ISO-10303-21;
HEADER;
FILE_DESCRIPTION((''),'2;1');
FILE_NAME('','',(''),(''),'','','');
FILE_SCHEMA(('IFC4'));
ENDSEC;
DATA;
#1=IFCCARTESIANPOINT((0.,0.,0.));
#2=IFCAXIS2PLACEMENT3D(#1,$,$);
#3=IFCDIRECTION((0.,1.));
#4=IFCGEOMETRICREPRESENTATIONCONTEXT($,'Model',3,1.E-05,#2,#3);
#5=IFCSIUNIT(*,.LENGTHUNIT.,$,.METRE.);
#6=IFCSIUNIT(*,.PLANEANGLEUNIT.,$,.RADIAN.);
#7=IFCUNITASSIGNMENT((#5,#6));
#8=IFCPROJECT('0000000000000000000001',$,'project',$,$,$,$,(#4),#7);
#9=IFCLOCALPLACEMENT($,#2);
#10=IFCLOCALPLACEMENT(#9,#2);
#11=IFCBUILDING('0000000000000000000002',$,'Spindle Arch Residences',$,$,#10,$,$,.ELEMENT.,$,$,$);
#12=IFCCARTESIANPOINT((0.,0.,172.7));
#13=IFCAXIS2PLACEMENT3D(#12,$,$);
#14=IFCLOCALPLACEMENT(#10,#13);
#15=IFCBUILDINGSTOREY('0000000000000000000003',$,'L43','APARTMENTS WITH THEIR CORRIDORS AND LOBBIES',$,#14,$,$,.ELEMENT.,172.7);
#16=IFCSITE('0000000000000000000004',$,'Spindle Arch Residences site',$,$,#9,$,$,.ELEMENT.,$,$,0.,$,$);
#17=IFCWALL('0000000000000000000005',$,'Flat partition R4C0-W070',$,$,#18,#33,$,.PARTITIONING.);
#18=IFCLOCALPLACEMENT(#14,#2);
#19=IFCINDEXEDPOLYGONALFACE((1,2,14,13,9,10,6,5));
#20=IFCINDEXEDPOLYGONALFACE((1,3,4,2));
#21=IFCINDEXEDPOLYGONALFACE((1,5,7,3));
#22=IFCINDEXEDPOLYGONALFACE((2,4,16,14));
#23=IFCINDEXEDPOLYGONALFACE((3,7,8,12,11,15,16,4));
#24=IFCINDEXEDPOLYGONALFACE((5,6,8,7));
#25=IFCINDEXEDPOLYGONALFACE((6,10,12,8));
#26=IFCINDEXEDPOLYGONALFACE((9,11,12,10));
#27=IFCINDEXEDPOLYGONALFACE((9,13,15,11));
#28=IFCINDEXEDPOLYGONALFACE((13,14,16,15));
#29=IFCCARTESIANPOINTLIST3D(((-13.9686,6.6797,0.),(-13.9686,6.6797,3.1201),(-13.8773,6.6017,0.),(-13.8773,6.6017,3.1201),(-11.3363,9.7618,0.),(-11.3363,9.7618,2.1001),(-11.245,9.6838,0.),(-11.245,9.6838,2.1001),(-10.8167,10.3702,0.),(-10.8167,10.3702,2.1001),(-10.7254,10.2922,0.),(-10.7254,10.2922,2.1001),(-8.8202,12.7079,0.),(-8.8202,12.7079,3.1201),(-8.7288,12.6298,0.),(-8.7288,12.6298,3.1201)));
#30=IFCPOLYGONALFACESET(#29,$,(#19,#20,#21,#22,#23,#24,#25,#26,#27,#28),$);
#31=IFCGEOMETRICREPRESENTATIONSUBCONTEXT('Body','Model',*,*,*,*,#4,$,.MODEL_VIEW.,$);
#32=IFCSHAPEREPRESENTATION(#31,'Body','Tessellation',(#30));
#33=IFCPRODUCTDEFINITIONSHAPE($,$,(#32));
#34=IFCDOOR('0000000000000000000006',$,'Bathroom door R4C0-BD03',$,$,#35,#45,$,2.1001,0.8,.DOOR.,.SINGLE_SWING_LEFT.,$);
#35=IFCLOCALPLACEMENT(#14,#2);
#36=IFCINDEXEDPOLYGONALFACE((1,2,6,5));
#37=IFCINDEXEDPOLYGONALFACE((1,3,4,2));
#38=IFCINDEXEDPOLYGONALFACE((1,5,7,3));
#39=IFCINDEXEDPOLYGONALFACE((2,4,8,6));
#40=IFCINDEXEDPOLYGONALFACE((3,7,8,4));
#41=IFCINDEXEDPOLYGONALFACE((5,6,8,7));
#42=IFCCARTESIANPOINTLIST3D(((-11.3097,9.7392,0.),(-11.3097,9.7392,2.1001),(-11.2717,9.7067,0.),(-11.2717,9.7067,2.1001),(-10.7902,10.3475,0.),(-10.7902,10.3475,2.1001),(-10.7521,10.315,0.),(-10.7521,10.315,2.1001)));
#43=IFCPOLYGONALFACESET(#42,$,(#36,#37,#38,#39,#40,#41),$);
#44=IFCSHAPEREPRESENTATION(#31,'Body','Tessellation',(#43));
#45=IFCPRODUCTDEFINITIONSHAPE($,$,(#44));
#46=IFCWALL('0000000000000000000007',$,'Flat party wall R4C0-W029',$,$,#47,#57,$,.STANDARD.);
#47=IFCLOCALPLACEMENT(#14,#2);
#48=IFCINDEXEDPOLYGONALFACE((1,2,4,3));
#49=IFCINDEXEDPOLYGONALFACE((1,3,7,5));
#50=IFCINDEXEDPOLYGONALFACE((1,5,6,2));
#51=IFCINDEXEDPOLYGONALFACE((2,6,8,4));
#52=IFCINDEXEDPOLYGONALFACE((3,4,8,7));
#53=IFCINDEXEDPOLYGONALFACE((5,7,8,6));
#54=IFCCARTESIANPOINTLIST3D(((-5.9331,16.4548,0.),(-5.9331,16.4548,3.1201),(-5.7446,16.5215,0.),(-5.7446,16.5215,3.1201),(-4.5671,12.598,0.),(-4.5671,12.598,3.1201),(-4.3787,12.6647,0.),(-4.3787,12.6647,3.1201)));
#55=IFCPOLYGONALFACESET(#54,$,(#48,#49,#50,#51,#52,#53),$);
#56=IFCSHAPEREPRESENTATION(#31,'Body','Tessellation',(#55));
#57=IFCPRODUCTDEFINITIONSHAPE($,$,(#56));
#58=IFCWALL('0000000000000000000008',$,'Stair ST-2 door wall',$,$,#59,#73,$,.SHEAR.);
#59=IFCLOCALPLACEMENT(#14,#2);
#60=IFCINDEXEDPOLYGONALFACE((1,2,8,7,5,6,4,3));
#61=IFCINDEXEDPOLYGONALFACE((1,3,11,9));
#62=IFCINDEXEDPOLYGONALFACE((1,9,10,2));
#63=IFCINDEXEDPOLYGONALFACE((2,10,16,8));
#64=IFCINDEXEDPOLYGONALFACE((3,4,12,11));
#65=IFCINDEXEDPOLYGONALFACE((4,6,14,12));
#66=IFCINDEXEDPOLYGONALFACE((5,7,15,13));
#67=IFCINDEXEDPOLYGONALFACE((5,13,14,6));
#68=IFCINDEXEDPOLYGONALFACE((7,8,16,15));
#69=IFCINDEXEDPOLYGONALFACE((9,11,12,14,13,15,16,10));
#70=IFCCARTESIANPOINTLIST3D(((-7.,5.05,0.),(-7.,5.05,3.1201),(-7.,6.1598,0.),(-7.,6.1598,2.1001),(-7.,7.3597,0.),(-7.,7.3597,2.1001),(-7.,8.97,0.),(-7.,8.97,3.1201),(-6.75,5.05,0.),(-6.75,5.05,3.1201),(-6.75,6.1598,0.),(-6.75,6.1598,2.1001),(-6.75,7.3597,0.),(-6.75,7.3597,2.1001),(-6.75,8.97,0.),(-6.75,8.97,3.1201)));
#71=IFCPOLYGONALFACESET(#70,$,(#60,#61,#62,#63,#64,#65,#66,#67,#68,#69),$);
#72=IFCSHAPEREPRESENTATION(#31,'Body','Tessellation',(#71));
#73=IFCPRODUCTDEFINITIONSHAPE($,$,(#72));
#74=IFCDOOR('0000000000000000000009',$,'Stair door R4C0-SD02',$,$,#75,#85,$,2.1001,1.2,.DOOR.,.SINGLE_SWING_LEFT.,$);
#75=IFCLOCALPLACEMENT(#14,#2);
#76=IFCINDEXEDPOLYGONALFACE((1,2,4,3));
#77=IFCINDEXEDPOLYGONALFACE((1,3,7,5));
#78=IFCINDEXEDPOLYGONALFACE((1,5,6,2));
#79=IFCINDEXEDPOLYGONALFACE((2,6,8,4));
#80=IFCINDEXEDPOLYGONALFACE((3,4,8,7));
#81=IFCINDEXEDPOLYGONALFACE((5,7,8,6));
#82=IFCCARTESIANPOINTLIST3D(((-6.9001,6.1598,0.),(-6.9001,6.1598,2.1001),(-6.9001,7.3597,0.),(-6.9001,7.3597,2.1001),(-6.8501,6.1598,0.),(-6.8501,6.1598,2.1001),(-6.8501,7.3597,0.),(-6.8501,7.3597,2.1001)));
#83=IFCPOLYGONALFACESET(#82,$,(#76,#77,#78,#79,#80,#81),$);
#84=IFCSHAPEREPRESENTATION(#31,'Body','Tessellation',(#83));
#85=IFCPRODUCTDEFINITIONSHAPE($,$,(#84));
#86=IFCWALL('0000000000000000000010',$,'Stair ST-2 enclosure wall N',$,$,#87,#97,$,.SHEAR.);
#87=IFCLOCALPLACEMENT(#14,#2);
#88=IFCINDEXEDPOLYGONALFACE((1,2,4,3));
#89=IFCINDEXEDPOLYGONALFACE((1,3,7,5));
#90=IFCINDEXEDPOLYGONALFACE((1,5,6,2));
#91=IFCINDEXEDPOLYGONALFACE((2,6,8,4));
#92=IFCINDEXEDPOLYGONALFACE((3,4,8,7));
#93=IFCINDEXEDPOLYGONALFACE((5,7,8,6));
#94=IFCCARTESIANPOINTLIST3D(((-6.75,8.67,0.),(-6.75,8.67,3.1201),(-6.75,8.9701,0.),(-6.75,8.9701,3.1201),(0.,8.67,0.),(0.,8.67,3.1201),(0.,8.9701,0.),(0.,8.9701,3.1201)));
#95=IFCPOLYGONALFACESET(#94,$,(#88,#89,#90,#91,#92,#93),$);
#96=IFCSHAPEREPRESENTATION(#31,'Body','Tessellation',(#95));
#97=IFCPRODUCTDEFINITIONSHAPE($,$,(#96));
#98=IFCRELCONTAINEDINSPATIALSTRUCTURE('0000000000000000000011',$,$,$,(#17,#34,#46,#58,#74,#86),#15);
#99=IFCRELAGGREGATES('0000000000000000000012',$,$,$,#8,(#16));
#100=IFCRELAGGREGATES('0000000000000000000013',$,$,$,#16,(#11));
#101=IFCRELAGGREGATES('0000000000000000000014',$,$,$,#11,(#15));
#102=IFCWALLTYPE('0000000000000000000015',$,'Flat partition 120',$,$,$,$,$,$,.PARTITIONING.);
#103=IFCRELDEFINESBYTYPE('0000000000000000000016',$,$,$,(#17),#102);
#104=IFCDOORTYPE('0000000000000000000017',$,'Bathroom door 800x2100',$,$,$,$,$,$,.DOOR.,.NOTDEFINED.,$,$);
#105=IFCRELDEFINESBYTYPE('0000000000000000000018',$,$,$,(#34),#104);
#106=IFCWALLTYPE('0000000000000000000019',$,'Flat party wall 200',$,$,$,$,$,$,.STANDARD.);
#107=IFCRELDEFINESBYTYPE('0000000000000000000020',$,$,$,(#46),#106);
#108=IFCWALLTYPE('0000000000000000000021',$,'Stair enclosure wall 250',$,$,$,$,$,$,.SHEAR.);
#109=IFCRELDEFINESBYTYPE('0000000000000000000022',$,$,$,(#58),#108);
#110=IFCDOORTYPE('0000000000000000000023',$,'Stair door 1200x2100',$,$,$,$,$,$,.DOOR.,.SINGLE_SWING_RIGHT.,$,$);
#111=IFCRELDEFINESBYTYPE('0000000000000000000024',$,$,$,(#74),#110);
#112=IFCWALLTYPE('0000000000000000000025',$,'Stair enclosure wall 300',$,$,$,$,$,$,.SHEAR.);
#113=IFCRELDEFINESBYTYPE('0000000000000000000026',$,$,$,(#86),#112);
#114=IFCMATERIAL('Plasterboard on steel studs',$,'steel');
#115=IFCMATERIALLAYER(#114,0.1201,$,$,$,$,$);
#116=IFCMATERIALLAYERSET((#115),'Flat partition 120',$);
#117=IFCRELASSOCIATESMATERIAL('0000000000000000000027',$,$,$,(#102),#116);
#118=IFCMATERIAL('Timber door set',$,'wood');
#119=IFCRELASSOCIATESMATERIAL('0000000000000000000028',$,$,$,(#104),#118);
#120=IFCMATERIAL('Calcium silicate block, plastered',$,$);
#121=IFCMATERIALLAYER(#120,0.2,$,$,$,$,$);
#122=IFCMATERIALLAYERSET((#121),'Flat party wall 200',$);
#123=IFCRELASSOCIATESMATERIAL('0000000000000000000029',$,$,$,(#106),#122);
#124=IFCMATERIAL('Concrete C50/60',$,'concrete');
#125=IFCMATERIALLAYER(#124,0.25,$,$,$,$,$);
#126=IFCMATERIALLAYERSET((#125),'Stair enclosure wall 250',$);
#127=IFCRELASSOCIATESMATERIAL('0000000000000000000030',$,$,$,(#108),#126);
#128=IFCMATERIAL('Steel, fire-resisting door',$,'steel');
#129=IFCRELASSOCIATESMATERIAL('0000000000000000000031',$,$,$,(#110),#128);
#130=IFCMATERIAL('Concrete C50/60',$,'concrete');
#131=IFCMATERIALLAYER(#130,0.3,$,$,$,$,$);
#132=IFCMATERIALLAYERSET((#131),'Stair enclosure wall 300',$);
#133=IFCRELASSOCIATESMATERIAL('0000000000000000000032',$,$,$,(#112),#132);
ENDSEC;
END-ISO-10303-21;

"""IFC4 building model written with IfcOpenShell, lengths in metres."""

from ifc_helpers import new_model, si_unit, direction, frame, frame_2d, origin, place, context, subcontext, project, spatial, rectangle, extrude, material, layer, layer_set, type_object, element, fill, save


model = new_model("IFC4")

# Units and contexts
model_context = context("Model", 3, precision=1e-05, world=origin(), true_north=direction((0.0, 1.0)))
body_context = subcontext(model_context, "Body", "Model", "MODEL_VIEW")
ifc_project = project(units=[si_unit("LENGTHUNIT", "METRE"), si_unit("PLANEANGLEUNIT", "RADIAN")], contexts=[model_context])

# Site, building, storey
site_placement = place(None, origin())
site = spatial("IfcSite", under=ifc_project, at=site_placement, Name="Spindle Arch Residences site", CompositionType="ELEMENT", RefElevation=0.0)
building_placement = place(site_placement, origin())
building = spatial("IfcBuilding", under=site, at=building_placement, Name="Spindle Arch Residences", CompositionType="ELEMENT")
storey_placement = place(building_placement, frame((0.0, 0.0, 172.7)))
storey = spatial("IfcBuildingStorey", under=building, at=storey_placement, Name="L43", Description="APARTMENTS WITH THEIR CORRIDORS AND LOBBIES", CompositionType="ELEMENT", Elevation=172.7)

# Shared definitions
ifc_material_1 = material(Name="Plasterboard on steel studs", Category="steel")
ifc_layer_1 = layer(ifc_material_1, 0.1201)
ifc_layer_set_1 = layer_set([ifc_layer_1], Name="Flat partition 120")
wall_type_1 = type_object("IfcWallType", Name="Flat partition 120", PredefinedType="PARTITIONING", material=ifc_layer_set_1)

# Wall, opening, door
wall_1_placement = place(storey_placement, frame((-8.7744, 12.6689, 0.0), z_axis=(0.0, 0.0, 1.0), x_axis=(-0.649446, -0.760408, 0.0)))
wall_1 = element("IfcWall", 1, at=wall_1_placement, inside=storey, type_object=wall_type_1, Name="Flat partition R4C0-W070", PredefinedType="PARTITIONING", context=body_context, shape_type="SweptSolid", body=[
    extrude(rectangle(XDim=7.9275, YDim=0.1201, at=frame_2d((3.9639, 0.0))), origin(), (0.0, 0.0, 1.0), 3.1201),
])
opening_1_placement = place(wall_1_placement, frame((3.0745, 0.0, 0.0)))
opening_1 = element("IfcOpeningElement", 2, at=opening_1_placement, cuts=wall_1, PredefinedType="OPENING", context=body_context, shape_type="SweptSolid", body=[
    extrude(rectangle(XDim=0.8, YDim=2.1001, at=frame_2d((0.3999, 1.05))), frame((0.0, 0.0701, 0.0), z_axis=(0.0, -1.0, 0.0), x_axis=(1.0, 0.0, 0.0)), (0.0, 0.0, 1.0), 0.1401),
])
ifc_material_2 = material(Name="Timber door set", Category="wood")
door_type_1 = type_object("IfcDoorType", Name="Bathroom door 800x2100", OperationType="NOTDEFINED", PredefinedType="DOOR", material=ifc_material_2)
door_1_placement = place(opening_1_placement, origin())
door_1 = element("IfcDoor", 3, at=door_1_placement, inside=storey, type_object=door_type_1, Name="Bathroom door R4C0-BD03", OperationType="SINGLE_SWING_LEFT", OverallHeight=2.1001, OverallWidth=0.8, PredefinedType="DOOR", context=body_context, shape_type="SweptSolid", body=[
    extrude(rectangle(XDim=0.8, YDim=2.1001, at=frame_2d((0.3999, 1.05))), frame((0.0, 0.0249, 0.0), z_axis=(0.0, -1.0, 0.0), x_axis=(1.0, 0.0, 0.0)), (0.0, 0.0, 1.0), 0.05),
])
fill(opening_1, door_1)

# Wall
ifc_material_3 = material(Name="Calcium silicate block, plastered")
ifc_layer_2 = layer(ifc_material_3, 0.2)
ifc_layer_set_2 = layer_set([ifc_layer_2], Name="Flat party wall 200")
wall_type_2 = type_object("IfcWallType", Name="Flat party wall 200", PredefinedType="STANDARD", material=ifc_layer_set_2)
wall_2_placement = place(storey_placement, frame((-5.8389, 16.4883, 0.0), z_axis=(0.0, 0.0, 1.0), x_axis=(0.333841, -0.94263, 0.0)))
element("IfcWall", 4, at=wall_2_placement, inside=storey, type_object=wall_type_2, Name="Flat party wall R4C0-W029", PredefinedType="STANDARD", context=body_context, shape_type="SweptSolid", body=[
    extrude(rectangle(XDim=4.0916, YDim=0.2, at=frame_2d((2.0459, 0.0))), origin(), (0.0, 0.0, 1.0), 3.1201),
])

# Wall, opening, door
ifc_material_4 = material(Name="Concrete C50/60", Category="concrete")
ifc_layer_3 = layer(ifc_material_4, 0.25)
ifc_layer_set_3 = layer_set([ifc_layer_3], Name="Stair enclosure wall 250")
wall_type_3 = type_object("IfcWallType", Name="Stair enclosure wall 250", PredefinedType="SHEAR", material=ifc_layer_set_3)
wall_3_placement = place(storey_placement, frame((-6.875, 8.97, 0.0), z_axis=(0.0, 0.0, 1.0), x_axis=(0.0, -1.0, 0.0)))
wall_3 = element("IfcWall", 5, at=wall_3_placement, inside=storey, type_object=wall_type_3, Name="Stair ST-2 door wall", PredefinedType="SHEAR", context=body_context, shape_type="SweptSolid", body=[
    extrude(rectangle(XDim=3.9199, YDim=0.25, at=frame_2d((1.96, 0.0))), origin(), (0.0, 0.0, 1.0), 3.1201),
])
opening_2_placement = place(wall_3_placement, frame((1.6101, 0.0, 0.0)))
opening_2 = element("IfcOpeningElement", 6, at=opening_2_placement, cuts=wall_3, PredefinedType="OPENING", context=body_context, shape_type="SweptSolid", body=[
    extrude(rectangle(XDim=1.2, YDim=2.1001, at=frame_2d((0.6001, 1.05))), frame((0.0, 0.135, 0.0), z_axis=(0.0, -1.0, 0.0), x_axis=(1.0, 0.0, 0.0)), (0.0, 0.0, 1.0), 0.27),
])
ifc_material_5 = material(Name="Steel, fire-resisting door", Category="steel")
door_type_2 = type_object("IfcDoorType", Name="Stair door 1200x2100", OperationType="SINGLE_SWING_RIGHT", PredefinedType="DOOR", material=ifc_material_5)
door_2_placement = place(opening_2_placement, origin())
door_2 = element("IfcDoor", 7, at=door_2_placement, inside=storey, type_object=door_type_2, Name="Stair door R4C0-SD02", OperationType="SINGLE_SWING_LEFT", OverallHeight=2.1001, OverallWidth=1.2, PredefinedType="DOOR", context=body_context, shape_type="SweptSolid", body=[
    extrude(rectangle(XDim=1.2, YDim=2.1001, at=frame_2d((0.6001, 1.05))), frame((0.0, 0.0249, 0.0), z_axis=(0.0, -1.0, 0.0), x_axis=(1.0, 0.0, 0.0)), (0.0, 0.0, 1.0), 0.05),
])
fill(opening_2, door_2)

# Wall
ifc_material_6 = material(Name="Concrete C50/60", Category="concrete")
ifc_layer_4 = layer(ifc_material_6, 0.3)
ifc_layer_set_4 = layer_set([ifc_layer_4], Name="Stair enclosure wall 300")
wall_type_4 = type_object("IfcWallType", Name="Stair enclosure wall 300", PredefinedType="SHEAR", material=ifc_layer_set_4)
wall_4_placement = place(storey_placement, frame((-6.75, 8.8201, 0.0), z_axis=(0.0, 0.0, 1.0), x_axis=(1.0, 0.0, 0.0)))
element("IfcWall", 8, at=wall_4_placement, inside=storey, type_object=wall_type_4, Name="Stair ST-2 enclosure wall N", PredefinedType="SHEAR", context=body_context, shape_type="SweptSolid", body=[
    extrude(rectangle(XDim=6.75, YDim=0.3, at=frame_2d((3.375, 0.0))), origin(), (0.0, 0.0, 1.0), 3.1201),
])

save(model, "model.ifc")
